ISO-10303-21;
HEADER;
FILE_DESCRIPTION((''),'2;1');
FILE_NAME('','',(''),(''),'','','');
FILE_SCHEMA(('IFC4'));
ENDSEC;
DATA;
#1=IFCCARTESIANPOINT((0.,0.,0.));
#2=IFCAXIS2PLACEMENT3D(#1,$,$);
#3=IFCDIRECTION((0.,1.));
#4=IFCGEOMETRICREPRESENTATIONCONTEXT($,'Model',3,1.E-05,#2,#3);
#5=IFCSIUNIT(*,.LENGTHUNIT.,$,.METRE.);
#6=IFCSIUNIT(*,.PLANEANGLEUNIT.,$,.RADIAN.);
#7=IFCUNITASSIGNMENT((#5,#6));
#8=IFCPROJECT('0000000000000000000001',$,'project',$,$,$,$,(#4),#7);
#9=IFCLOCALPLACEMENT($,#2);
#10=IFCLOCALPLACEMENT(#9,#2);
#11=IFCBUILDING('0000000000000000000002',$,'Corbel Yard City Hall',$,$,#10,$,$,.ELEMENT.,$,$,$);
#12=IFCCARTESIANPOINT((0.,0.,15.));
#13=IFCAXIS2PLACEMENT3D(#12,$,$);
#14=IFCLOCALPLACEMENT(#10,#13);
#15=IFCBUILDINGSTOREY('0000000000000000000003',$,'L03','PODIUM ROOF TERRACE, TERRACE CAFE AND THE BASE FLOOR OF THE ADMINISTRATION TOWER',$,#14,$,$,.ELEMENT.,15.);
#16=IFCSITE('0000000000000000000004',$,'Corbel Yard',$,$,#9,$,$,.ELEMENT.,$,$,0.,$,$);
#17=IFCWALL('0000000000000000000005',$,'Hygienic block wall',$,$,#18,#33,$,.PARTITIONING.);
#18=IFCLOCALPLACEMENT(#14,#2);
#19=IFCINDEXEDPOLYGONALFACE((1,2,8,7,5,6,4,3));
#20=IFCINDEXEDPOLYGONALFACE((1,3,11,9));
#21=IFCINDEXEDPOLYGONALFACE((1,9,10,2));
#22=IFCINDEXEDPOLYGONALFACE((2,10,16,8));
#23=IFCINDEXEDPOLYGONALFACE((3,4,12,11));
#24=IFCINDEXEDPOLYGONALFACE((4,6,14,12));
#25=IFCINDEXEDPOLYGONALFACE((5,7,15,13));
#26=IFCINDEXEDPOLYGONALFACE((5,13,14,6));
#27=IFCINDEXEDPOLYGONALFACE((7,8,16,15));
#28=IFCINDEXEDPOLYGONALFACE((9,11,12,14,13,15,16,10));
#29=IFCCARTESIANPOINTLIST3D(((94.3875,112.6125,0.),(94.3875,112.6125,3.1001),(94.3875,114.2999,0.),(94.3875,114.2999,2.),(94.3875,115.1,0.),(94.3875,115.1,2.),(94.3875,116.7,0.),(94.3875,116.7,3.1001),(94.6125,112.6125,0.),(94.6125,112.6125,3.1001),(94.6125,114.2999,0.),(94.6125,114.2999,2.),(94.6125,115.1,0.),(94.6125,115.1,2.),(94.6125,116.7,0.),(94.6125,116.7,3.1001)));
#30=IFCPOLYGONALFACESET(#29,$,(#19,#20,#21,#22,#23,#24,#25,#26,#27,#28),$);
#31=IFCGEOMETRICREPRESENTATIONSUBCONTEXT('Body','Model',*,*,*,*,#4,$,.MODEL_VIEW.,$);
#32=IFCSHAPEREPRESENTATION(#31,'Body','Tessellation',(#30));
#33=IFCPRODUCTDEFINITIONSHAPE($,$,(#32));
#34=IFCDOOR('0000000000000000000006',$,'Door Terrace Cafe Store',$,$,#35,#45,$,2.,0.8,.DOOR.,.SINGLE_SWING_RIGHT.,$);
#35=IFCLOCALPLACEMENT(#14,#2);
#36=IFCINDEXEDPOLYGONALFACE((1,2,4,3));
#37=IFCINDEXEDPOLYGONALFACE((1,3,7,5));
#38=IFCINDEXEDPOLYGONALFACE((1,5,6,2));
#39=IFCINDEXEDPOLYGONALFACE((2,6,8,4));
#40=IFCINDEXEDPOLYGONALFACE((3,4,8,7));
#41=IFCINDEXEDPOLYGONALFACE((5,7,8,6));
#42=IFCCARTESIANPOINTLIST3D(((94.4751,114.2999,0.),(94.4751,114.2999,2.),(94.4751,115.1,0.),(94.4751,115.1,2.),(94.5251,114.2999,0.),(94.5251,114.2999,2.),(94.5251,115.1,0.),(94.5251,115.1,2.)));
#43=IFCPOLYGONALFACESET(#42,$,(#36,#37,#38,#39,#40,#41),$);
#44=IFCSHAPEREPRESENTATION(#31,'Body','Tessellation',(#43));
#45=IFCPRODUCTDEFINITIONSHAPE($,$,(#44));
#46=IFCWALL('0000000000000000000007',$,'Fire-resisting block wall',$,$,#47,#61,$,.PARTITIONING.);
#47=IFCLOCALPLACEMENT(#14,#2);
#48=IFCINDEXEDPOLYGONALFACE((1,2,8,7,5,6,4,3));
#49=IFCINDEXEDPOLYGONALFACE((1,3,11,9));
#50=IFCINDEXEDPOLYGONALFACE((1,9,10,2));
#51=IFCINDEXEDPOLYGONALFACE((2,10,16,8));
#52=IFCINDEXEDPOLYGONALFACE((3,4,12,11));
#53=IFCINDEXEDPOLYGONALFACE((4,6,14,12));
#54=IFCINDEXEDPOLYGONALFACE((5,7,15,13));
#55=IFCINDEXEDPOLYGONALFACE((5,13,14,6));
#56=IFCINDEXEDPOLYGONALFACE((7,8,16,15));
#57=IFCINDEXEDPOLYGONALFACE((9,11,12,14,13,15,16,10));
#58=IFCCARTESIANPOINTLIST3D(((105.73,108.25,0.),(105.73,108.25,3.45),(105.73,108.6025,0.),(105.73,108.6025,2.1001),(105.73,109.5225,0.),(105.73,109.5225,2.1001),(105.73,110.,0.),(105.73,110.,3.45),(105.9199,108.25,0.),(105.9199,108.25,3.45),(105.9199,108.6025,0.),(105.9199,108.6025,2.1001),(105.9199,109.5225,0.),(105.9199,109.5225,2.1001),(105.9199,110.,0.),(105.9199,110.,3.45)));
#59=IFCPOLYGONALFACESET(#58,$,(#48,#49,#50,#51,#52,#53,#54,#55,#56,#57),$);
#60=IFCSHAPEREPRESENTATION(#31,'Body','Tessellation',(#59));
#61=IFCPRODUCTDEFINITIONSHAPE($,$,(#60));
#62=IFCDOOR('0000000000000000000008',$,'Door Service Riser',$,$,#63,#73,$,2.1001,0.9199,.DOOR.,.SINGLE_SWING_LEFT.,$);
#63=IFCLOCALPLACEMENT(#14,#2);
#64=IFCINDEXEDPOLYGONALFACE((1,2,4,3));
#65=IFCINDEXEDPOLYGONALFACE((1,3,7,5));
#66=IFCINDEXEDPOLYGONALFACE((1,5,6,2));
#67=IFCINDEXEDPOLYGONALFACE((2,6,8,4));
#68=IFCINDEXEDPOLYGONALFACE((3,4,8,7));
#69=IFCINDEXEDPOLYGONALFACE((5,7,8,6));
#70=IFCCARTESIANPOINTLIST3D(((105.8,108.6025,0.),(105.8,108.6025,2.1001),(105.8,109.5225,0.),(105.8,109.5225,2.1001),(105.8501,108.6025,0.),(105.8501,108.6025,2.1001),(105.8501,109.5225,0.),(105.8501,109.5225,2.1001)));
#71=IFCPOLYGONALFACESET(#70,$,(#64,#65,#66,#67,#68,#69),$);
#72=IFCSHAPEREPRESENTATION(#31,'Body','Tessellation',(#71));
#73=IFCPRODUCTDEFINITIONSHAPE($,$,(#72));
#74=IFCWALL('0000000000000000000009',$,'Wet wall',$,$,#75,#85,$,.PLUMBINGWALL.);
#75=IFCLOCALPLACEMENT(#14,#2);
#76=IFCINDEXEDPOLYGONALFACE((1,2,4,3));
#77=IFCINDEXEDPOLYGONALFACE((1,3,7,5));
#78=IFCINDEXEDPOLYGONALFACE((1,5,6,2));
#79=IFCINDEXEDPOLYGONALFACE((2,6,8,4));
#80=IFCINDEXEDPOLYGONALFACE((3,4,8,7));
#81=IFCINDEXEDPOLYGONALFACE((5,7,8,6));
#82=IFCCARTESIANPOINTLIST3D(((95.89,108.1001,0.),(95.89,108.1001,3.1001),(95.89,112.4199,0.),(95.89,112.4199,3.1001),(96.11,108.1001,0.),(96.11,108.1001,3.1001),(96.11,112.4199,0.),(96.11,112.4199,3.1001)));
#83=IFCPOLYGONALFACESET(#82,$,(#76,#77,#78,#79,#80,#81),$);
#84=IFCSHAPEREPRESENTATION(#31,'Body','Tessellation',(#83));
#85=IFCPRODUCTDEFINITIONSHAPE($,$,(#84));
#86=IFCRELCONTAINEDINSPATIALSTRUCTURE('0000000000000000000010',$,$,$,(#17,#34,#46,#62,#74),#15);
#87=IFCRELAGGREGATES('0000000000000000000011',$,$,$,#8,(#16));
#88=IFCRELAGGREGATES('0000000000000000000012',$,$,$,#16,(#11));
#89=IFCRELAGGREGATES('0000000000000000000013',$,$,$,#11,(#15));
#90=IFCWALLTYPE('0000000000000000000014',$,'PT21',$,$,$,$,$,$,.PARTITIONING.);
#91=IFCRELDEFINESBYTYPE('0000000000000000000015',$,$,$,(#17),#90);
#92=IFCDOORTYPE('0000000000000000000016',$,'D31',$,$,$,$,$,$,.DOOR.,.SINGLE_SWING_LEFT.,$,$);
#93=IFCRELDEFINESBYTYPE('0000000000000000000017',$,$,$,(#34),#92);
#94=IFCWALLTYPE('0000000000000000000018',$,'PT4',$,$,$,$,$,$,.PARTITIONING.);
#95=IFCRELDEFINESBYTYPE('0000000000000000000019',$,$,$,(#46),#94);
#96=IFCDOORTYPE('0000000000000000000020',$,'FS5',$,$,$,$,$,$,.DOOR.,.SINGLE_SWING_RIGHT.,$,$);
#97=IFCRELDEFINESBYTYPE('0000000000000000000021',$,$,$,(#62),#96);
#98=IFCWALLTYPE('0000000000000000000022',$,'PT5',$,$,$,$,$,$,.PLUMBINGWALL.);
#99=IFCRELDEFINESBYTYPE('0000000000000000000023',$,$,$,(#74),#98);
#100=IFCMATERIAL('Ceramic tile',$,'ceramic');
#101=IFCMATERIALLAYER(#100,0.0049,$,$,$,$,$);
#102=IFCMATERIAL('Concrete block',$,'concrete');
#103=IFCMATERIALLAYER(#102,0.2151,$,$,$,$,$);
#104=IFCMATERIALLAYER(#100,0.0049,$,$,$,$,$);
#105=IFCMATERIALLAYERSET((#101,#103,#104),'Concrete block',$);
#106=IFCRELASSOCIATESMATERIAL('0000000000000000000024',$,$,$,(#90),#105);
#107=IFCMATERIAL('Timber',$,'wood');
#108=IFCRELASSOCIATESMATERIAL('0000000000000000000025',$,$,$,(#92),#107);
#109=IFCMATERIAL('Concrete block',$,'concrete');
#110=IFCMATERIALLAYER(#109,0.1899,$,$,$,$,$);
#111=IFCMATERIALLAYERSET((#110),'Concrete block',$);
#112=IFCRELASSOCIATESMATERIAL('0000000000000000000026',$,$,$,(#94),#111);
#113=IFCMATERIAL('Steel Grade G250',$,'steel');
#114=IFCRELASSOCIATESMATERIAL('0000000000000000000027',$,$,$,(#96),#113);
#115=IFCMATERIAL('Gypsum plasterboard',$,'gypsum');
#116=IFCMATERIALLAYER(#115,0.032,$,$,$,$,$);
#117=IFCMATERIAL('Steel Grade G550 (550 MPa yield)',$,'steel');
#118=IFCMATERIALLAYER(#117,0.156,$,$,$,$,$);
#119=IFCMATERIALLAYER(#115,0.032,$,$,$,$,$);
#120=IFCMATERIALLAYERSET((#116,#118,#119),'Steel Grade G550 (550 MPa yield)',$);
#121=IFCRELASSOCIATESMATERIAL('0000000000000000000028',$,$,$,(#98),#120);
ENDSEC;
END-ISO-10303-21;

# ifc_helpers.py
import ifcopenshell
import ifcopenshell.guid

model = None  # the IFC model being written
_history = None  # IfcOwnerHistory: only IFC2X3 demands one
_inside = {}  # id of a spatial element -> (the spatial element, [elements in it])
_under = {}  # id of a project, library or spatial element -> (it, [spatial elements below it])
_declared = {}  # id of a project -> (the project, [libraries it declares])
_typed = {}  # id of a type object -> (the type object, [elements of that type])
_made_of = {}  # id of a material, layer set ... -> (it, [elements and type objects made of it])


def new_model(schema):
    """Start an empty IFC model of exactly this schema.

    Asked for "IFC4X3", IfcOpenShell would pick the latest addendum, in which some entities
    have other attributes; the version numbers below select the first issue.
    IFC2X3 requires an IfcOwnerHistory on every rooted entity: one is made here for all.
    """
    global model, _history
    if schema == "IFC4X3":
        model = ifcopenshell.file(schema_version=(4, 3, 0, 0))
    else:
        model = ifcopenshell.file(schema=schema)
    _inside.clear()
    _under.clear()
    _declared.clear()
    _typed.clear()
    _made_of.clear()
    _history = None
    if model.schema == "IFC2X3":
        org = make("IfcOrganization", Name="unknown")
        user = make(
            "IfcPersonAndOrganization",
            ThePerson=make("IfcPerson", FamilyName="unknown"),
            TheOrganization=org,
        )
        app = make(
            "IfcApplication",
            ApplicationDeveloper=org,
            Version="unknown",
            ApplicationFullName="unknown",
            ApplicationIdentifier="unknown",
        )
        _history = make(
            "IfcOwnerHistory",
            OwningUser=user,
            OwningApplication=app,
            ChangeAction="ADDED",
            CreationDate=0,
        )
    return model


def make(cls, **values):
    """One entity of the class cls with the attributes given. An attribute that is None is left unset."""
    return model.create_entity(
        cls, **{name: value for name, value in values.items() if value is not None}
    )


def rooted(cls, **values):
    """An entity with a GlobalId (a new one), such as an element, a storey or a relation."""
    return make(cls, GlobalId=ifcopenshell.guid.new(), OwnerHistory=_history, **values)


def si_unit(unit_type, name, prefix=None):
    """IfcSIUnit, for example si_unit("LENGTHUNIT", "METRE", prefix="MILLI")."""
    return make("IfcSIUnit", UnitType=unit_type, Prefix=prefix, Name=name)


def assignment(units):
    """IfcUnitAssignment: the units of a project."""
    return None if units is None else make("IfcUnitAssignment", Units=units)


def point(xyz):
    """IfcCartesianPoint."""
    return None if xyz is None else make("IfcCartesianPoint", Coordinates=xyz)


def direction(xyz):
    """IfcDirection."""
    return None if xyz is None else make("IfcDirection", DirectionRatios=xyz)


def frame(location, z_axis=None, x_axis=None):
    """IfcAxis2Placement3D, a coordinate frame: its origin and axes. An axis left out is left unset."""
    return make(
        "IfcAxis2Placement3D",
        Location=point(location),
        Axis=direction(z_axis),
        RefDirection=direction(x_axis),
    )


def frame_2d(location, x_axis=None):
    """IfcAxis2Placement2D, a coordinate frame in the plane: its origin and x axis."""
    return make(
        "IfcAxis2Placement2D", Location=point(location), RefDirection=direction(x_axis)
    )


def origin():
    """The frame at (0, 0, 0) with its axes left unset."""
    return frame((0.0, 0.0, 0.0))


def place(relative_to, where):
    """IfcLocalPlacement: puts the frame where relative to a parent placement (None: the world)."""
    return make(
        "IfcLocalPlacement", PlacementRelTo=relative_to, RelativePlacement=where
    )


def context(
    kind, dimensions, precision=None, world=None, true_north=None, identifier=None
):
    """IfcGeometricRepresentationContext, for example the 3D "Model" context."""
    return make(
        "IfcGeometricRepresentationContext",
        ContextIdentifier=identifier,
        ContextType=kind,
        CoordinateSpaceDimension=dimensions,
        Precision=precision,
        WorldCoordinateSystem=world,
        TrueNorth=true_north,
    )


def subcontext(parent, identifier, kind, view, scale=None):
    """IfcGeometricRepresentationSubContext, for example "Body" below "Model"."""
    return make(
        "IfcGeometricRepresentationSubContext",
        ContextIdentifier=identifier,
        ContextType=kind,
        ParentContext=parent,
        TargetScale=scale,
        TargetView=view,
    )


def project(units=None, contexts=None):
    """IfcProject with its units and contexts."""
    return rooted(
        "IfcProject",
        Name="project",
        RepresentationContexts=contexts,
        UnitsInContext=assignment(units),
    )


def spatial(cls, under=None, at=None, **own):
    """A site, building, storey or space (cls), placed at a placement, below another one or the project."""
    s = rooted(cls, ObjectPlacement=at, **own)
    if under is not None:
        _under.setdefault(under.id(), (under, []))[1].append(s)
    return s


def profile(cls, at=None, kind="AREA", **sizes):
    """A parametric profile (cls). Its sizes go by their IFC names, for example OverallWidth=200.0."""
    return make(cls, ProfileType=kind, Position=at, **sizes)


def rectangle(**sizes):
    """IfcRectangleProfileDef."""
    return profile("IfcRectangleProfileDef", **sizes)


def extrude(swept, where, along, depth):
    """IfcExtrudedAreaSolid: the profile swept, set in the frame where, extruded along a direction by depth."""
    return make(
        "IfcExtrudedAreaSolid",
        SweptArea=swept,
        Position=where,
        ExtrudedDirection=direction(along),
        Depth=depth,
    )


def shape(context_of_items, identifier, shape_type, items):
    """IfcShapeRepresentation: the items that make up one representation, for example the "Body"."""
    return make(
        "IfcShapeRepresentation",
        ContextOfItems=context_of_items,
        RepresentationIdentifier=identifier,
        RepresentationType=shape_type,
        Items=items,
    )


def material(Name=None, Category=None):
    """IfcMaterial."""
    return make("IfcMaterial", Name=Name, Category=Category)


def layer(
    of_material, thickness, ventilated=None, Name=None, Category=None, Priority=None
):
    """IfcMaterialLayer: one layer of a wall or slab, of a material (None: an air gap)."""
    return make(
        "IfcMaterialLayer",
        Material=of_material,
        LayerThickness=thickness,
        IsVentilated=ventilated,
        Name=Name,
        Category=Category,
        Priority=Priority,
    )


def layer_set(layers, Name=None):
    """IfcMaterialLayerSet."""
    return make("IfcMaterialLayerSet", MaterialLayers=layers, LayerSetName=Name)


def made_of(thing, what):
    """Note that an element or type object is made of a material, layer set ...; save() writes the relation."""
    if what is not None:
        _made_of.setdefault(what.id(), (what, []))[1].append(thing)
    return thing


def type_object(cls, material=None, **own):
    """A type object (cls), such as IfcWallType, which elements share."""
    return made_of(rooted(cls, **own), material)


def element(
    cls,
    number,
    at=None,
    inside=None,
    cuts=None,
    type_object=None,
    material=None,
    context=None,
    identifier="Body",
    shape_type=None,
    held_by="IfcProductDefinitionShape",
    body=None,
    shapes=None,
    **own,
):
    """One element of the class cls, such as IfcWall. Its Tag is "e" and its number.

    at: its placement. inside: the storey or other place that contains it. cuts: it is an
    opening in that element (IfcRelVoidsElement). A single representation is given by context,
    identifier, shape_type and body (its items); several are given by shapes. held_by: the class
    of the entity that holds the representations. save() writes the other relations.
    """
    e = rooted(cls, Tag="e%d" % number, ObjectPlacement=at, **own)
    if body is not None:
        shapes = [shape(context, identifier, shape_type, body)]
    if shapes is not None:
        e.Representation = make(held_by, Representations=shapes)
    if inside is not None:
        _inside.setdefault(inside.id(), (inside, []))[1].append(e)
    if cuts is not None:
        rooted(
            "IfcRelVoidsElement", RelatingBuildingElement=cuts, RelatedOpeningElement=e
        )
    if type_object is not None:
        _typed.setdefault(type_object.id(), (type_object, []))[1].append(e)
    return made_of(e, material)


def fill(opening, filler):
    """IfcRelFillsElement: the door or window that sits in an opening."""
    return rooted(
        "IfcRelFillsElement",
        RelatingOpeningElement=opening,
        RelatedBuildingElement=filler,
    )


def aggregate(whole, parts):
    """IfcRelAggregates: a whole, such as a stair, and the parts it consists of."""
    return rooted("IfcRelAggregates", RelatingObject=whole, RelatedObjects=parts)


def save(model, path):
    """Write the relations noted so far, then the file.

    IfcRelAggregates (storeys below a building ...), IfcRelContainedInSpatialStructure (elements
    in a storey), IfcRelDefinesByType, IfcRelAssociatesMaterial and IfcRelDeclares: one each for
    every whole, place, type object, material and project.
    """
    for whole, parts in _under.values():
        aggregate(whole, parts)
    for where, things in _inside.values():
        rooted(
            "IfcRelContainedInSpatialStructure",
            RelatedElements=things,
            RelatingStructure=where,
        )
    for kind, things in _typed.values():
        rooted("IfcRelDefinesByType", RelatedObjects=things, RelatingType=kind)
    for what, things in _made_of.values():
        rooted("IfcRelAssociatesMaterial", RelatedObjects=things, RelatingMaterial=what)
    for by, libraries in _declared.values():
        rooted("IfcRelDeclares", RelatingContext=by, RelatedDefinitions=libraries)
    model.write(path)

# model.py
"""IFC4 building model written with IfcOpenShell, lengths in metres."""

from ifc_helpers import new_model, si_unit, direction, frame, frame_2d, origin, place, context, subcontext, project, spatial, rectangle, extrude, material, layer, layer_set, type_object, element, fill, save


model = new_model("IFC4")

# Units and contexts
model_context = context("Model", 3, precision=1e-05, world=origin(), true_north=direction((0.0, 1.0)))
body_context = subcontext(model_context, "Body", "Model", "MODEL_VIEW")
ifc_project = project(units=[si_unit("LENGTHUNIT", "METRE"), si_unit("PLANEANGLEUNIT", "RADIAN")], contexts=[model_context])

# Site, building, storey
site_placement = place(None, origin())
site = spatial("IfcSite", under=ifc_project, at=site_placement, Name="Corbel Yard", CompositionType="ELEMENT", RefElevation=0.0)
building_placement = place(site_placement, origin())
building = spatial("IfcBuilding", under=site, at=building_placement, Name="Corbel Yard City Hall", CompositionType="ELEMENT")
storey_placement = place(building_placement, frame((0.0, 0.0, 15.0)))
storey = spatial("IfcBuildingStorey", under=building, at=storey_placement, Name="L03", Description="PODIUM ROOF TERRACE, TERRACE CAFE AND THE BASE FLOOR OF THE ADMINISTRATION TOWER", CompositionType="ELEMENT", Elevation=15.0)

# Shared definitions
ifc_material_1 = material(Name="Concrete block", Category="concrete")
ifc_material_2 = material(Name="Gypsum plasterboard", Category="gypsum")

# Shared definitions
ifc_material_3 = material(Name="Steel Grade G250", Category="steel")

# Walls, openings, doors
ifc_material_4 = material(Name="Ceramic tile", Category="ceramic")
ifc_layer_1 = layer(ifc_material_4, 0.0049)
ifc_layer_2 = layer(ifc_material_1, 0.2151)
ifc_layer_3 = layer(ifc_material_4, 0.0049)
ifc_layer_set_1 = layer_set([ifc_layer_1, ifc_layer_2, ifc_layer_3], Name="Concrete block")
wall_type_1 = type_object("IfcWallType", Name="PT21", PredefinedType="PARTITIONING", material=ifc_layer_set_1)
wall_1_placement = place(storey_placement, frame((94.5, 112.6125, 0.0), z_axis=(0.0, 0.0, 1.0), x_axis=(0.0, 1.0, 0.0)))
wall_1 = element("IfcWall", 1, at=wall_1_placement, inside=storey, type_object=wall_type_1, Name="Hygienic block wall", PredefinedType="PARTITIONING", context=body_context, shape_type="SweptSolid", body=[
    extrude(rectangle(XDim=4.0874, YDim=0.2251, at=frame_2d((2.0437, 0.0))), origin(), (0.0, 0.0, 1.0), 3.1001),
])
opening_1_placement = place(wall_1_placement, frame((1.6875, 0.0, 0.0)))
opening_1 = element("IfcOpeningElement", 2, at=opening_1_placement, cuts=wall_1, PredefinedType="OPENING", context=body_context, shape_type="SweptSolid", body=[
    extrude(rectangle(XDim=0.8, YDim=2.0, at=frame_2d((0.3999, 1.0))), frame((0.0, 0.1226, 0.0), z_axis=(0.0, -1.0, 0.0), x_axis=(1.0, 0.0, 0.0)), (0.0, 0.0, 1.0), 0.2451),
])
ifc_material_5 = material(Name="Timber", Category="wood")
door_type_1 = type_object("IfcDoorType", Name="D31", OperationType="SINGLE_SWING_LEFT", PredefinedType="DOOR", material=ifc_material_5)
door_1_placement = place(opening_1_placement, origin())
door_1 = element("IfcDoor", 3, at=door_1_placement, inside=storey, type_object=door_type_1, Name="Door Terrace Cafe Store", OperationType="SINGLE_SWING_RIGHT", OverallHeight=2.0, OverallWidth=0.8, PredefinedType="DOOR", context=body_context, shape_type="SweptSolid", body=[
    extrude(rectangle(XDim=0.8, YDim=2.0, at=frame_2d((0.3999, 1.0))), frame((0.0, 0.0249, 0.0), z_axis=(0.0, -1.0, 0.0), x_axis=(1.0, 0.0, 0.0)), (0.0, 0.0, 1.0), 0.05),
])
fill(opening_1, door_1)
ifc_material_6 = material(Name="Concrete block", Category="concrete")
ifc_layer_4 = layer(ifc_material_6, 0.1899)
ifc_layer_set_2 = layer_set([ifc_layer_4], Name="Concrete block")
wall_type_2 = type_object("IfcWallType", Name="PT4", PredefinedType="PARTITIONING", material=ifc_layer_set_2)
wall_2_placement = place(storey_placement, frame((105.825, 108.25, 0.0), z_axis=(0.0, 0.0, 1.0), x_axis=(0.0, 1.0, 0.0)))
wall_2 = element("IfcWall", 4, at=wall_2_placement, inside=storey, type_object=wall_type_2, Name="Fire-resisting block wall", PredefinedType="PARTITIONING", context=body_context, shape_type="SweptSolid", body=[
    extrude(rectangle(XDim=1.75, YDim=0.1899, at=frame_2d((0.875, 0.0))), origin(), (0.0, 0.0, 1.0), 3.45),
])
opening_2_placement = place(wall_2_placement, frame((0.3525, 0.0, 0.0)))
opening_2 = element("IfcOpeningElement", 5, at=opening_2_placement, cuts=wall_2, PredefinedType="OPENING", context=body_context, shape_type="SweptSolid", body=[
    extrude(rectangle(XDim=0.9199, YDim=2.1001, at=frame_2d((0.46, 1.05))), frame((0.0, 0.105, 0.0), z_axis=(0.0, -1.0, 0.0), x_axis=(1.0, 0.0, 0.0)), (0.0, 0.0, 1.0), 0.21),
])
door_type_2 = type_object("IfcDoorType", Name="FS5", OperationType="SINGLE_SWING_RIGHT", PredefinedType="DOOR", material=ifc_material_3)
door_2_placement = place(opening_2_placement, origin())
door_2 = element("IfcDoor", 6, at=door_2_placement, inside=storey, type_object=door_type_2, Name="Door Service Riser", OperationType="SINGLE_SWING_LEFT", OverallHeight=2.1001, OverallWidth=0.9199, PredefinedType="DOOR", context=body_context, shape_type="SweptSolid", body=[
    extrude(rectangle(XDim=0.9199, YDim=2.1001, at=frame_2d((0.46, 1.05))), frame((0.0, 0.0249, 0.0), z_axis=(0.0, -1.0, 0.0), x_axis=(1.0, 0.0, 0.0)), (0.0, 0.0, 1.0), 0.05),
])
fill(opening_2, door_2)

# Wall
ifc_layer_5 = layer(ifc_material_2, 0.032)
ifc_material_7 = material(Name="Steel Grade G550 (550 MPa yield)", Category="steel")
ifc_layer_6 = layer(ifc_material_7, 0.156)
ifc_layer_7 = layer(ifc_material_2, 0.032)
ifc_layer_set_3 = layer_set([ifc_layer_5, ifc_layer_6, ifc_layer_7], Name="Steel Grade G550 (550 MPa yield)")
wall_type_3 = type_object("IfcWallType", Name="PT5", PredefinedType="PLUMBINGWALL", material=ifc_layer_set_3)
wall_3_placement = place(storey_placement, frame((96.0, 108.1001, 0.0), z_axis=(0.0, 0.0, 1.0), x_axis=(0.0, 1.0, 0.0)))
element("IfcWall", 7, at=wall_3_placement, inside=storey, type_object=wall_type_3, Name="Wet wall", PredefinedType="PLUMBINGWALL", context=body_context, shape_type="SweptSolid", body=[
    extrude(rectangle(XDim=4.3198, YDim=0.22, at=frame_2d((2.1599, 0.0))), origin(), (0.0, 0.0, 1.0), 3.1001),
])

save(model, "model.ifc")
